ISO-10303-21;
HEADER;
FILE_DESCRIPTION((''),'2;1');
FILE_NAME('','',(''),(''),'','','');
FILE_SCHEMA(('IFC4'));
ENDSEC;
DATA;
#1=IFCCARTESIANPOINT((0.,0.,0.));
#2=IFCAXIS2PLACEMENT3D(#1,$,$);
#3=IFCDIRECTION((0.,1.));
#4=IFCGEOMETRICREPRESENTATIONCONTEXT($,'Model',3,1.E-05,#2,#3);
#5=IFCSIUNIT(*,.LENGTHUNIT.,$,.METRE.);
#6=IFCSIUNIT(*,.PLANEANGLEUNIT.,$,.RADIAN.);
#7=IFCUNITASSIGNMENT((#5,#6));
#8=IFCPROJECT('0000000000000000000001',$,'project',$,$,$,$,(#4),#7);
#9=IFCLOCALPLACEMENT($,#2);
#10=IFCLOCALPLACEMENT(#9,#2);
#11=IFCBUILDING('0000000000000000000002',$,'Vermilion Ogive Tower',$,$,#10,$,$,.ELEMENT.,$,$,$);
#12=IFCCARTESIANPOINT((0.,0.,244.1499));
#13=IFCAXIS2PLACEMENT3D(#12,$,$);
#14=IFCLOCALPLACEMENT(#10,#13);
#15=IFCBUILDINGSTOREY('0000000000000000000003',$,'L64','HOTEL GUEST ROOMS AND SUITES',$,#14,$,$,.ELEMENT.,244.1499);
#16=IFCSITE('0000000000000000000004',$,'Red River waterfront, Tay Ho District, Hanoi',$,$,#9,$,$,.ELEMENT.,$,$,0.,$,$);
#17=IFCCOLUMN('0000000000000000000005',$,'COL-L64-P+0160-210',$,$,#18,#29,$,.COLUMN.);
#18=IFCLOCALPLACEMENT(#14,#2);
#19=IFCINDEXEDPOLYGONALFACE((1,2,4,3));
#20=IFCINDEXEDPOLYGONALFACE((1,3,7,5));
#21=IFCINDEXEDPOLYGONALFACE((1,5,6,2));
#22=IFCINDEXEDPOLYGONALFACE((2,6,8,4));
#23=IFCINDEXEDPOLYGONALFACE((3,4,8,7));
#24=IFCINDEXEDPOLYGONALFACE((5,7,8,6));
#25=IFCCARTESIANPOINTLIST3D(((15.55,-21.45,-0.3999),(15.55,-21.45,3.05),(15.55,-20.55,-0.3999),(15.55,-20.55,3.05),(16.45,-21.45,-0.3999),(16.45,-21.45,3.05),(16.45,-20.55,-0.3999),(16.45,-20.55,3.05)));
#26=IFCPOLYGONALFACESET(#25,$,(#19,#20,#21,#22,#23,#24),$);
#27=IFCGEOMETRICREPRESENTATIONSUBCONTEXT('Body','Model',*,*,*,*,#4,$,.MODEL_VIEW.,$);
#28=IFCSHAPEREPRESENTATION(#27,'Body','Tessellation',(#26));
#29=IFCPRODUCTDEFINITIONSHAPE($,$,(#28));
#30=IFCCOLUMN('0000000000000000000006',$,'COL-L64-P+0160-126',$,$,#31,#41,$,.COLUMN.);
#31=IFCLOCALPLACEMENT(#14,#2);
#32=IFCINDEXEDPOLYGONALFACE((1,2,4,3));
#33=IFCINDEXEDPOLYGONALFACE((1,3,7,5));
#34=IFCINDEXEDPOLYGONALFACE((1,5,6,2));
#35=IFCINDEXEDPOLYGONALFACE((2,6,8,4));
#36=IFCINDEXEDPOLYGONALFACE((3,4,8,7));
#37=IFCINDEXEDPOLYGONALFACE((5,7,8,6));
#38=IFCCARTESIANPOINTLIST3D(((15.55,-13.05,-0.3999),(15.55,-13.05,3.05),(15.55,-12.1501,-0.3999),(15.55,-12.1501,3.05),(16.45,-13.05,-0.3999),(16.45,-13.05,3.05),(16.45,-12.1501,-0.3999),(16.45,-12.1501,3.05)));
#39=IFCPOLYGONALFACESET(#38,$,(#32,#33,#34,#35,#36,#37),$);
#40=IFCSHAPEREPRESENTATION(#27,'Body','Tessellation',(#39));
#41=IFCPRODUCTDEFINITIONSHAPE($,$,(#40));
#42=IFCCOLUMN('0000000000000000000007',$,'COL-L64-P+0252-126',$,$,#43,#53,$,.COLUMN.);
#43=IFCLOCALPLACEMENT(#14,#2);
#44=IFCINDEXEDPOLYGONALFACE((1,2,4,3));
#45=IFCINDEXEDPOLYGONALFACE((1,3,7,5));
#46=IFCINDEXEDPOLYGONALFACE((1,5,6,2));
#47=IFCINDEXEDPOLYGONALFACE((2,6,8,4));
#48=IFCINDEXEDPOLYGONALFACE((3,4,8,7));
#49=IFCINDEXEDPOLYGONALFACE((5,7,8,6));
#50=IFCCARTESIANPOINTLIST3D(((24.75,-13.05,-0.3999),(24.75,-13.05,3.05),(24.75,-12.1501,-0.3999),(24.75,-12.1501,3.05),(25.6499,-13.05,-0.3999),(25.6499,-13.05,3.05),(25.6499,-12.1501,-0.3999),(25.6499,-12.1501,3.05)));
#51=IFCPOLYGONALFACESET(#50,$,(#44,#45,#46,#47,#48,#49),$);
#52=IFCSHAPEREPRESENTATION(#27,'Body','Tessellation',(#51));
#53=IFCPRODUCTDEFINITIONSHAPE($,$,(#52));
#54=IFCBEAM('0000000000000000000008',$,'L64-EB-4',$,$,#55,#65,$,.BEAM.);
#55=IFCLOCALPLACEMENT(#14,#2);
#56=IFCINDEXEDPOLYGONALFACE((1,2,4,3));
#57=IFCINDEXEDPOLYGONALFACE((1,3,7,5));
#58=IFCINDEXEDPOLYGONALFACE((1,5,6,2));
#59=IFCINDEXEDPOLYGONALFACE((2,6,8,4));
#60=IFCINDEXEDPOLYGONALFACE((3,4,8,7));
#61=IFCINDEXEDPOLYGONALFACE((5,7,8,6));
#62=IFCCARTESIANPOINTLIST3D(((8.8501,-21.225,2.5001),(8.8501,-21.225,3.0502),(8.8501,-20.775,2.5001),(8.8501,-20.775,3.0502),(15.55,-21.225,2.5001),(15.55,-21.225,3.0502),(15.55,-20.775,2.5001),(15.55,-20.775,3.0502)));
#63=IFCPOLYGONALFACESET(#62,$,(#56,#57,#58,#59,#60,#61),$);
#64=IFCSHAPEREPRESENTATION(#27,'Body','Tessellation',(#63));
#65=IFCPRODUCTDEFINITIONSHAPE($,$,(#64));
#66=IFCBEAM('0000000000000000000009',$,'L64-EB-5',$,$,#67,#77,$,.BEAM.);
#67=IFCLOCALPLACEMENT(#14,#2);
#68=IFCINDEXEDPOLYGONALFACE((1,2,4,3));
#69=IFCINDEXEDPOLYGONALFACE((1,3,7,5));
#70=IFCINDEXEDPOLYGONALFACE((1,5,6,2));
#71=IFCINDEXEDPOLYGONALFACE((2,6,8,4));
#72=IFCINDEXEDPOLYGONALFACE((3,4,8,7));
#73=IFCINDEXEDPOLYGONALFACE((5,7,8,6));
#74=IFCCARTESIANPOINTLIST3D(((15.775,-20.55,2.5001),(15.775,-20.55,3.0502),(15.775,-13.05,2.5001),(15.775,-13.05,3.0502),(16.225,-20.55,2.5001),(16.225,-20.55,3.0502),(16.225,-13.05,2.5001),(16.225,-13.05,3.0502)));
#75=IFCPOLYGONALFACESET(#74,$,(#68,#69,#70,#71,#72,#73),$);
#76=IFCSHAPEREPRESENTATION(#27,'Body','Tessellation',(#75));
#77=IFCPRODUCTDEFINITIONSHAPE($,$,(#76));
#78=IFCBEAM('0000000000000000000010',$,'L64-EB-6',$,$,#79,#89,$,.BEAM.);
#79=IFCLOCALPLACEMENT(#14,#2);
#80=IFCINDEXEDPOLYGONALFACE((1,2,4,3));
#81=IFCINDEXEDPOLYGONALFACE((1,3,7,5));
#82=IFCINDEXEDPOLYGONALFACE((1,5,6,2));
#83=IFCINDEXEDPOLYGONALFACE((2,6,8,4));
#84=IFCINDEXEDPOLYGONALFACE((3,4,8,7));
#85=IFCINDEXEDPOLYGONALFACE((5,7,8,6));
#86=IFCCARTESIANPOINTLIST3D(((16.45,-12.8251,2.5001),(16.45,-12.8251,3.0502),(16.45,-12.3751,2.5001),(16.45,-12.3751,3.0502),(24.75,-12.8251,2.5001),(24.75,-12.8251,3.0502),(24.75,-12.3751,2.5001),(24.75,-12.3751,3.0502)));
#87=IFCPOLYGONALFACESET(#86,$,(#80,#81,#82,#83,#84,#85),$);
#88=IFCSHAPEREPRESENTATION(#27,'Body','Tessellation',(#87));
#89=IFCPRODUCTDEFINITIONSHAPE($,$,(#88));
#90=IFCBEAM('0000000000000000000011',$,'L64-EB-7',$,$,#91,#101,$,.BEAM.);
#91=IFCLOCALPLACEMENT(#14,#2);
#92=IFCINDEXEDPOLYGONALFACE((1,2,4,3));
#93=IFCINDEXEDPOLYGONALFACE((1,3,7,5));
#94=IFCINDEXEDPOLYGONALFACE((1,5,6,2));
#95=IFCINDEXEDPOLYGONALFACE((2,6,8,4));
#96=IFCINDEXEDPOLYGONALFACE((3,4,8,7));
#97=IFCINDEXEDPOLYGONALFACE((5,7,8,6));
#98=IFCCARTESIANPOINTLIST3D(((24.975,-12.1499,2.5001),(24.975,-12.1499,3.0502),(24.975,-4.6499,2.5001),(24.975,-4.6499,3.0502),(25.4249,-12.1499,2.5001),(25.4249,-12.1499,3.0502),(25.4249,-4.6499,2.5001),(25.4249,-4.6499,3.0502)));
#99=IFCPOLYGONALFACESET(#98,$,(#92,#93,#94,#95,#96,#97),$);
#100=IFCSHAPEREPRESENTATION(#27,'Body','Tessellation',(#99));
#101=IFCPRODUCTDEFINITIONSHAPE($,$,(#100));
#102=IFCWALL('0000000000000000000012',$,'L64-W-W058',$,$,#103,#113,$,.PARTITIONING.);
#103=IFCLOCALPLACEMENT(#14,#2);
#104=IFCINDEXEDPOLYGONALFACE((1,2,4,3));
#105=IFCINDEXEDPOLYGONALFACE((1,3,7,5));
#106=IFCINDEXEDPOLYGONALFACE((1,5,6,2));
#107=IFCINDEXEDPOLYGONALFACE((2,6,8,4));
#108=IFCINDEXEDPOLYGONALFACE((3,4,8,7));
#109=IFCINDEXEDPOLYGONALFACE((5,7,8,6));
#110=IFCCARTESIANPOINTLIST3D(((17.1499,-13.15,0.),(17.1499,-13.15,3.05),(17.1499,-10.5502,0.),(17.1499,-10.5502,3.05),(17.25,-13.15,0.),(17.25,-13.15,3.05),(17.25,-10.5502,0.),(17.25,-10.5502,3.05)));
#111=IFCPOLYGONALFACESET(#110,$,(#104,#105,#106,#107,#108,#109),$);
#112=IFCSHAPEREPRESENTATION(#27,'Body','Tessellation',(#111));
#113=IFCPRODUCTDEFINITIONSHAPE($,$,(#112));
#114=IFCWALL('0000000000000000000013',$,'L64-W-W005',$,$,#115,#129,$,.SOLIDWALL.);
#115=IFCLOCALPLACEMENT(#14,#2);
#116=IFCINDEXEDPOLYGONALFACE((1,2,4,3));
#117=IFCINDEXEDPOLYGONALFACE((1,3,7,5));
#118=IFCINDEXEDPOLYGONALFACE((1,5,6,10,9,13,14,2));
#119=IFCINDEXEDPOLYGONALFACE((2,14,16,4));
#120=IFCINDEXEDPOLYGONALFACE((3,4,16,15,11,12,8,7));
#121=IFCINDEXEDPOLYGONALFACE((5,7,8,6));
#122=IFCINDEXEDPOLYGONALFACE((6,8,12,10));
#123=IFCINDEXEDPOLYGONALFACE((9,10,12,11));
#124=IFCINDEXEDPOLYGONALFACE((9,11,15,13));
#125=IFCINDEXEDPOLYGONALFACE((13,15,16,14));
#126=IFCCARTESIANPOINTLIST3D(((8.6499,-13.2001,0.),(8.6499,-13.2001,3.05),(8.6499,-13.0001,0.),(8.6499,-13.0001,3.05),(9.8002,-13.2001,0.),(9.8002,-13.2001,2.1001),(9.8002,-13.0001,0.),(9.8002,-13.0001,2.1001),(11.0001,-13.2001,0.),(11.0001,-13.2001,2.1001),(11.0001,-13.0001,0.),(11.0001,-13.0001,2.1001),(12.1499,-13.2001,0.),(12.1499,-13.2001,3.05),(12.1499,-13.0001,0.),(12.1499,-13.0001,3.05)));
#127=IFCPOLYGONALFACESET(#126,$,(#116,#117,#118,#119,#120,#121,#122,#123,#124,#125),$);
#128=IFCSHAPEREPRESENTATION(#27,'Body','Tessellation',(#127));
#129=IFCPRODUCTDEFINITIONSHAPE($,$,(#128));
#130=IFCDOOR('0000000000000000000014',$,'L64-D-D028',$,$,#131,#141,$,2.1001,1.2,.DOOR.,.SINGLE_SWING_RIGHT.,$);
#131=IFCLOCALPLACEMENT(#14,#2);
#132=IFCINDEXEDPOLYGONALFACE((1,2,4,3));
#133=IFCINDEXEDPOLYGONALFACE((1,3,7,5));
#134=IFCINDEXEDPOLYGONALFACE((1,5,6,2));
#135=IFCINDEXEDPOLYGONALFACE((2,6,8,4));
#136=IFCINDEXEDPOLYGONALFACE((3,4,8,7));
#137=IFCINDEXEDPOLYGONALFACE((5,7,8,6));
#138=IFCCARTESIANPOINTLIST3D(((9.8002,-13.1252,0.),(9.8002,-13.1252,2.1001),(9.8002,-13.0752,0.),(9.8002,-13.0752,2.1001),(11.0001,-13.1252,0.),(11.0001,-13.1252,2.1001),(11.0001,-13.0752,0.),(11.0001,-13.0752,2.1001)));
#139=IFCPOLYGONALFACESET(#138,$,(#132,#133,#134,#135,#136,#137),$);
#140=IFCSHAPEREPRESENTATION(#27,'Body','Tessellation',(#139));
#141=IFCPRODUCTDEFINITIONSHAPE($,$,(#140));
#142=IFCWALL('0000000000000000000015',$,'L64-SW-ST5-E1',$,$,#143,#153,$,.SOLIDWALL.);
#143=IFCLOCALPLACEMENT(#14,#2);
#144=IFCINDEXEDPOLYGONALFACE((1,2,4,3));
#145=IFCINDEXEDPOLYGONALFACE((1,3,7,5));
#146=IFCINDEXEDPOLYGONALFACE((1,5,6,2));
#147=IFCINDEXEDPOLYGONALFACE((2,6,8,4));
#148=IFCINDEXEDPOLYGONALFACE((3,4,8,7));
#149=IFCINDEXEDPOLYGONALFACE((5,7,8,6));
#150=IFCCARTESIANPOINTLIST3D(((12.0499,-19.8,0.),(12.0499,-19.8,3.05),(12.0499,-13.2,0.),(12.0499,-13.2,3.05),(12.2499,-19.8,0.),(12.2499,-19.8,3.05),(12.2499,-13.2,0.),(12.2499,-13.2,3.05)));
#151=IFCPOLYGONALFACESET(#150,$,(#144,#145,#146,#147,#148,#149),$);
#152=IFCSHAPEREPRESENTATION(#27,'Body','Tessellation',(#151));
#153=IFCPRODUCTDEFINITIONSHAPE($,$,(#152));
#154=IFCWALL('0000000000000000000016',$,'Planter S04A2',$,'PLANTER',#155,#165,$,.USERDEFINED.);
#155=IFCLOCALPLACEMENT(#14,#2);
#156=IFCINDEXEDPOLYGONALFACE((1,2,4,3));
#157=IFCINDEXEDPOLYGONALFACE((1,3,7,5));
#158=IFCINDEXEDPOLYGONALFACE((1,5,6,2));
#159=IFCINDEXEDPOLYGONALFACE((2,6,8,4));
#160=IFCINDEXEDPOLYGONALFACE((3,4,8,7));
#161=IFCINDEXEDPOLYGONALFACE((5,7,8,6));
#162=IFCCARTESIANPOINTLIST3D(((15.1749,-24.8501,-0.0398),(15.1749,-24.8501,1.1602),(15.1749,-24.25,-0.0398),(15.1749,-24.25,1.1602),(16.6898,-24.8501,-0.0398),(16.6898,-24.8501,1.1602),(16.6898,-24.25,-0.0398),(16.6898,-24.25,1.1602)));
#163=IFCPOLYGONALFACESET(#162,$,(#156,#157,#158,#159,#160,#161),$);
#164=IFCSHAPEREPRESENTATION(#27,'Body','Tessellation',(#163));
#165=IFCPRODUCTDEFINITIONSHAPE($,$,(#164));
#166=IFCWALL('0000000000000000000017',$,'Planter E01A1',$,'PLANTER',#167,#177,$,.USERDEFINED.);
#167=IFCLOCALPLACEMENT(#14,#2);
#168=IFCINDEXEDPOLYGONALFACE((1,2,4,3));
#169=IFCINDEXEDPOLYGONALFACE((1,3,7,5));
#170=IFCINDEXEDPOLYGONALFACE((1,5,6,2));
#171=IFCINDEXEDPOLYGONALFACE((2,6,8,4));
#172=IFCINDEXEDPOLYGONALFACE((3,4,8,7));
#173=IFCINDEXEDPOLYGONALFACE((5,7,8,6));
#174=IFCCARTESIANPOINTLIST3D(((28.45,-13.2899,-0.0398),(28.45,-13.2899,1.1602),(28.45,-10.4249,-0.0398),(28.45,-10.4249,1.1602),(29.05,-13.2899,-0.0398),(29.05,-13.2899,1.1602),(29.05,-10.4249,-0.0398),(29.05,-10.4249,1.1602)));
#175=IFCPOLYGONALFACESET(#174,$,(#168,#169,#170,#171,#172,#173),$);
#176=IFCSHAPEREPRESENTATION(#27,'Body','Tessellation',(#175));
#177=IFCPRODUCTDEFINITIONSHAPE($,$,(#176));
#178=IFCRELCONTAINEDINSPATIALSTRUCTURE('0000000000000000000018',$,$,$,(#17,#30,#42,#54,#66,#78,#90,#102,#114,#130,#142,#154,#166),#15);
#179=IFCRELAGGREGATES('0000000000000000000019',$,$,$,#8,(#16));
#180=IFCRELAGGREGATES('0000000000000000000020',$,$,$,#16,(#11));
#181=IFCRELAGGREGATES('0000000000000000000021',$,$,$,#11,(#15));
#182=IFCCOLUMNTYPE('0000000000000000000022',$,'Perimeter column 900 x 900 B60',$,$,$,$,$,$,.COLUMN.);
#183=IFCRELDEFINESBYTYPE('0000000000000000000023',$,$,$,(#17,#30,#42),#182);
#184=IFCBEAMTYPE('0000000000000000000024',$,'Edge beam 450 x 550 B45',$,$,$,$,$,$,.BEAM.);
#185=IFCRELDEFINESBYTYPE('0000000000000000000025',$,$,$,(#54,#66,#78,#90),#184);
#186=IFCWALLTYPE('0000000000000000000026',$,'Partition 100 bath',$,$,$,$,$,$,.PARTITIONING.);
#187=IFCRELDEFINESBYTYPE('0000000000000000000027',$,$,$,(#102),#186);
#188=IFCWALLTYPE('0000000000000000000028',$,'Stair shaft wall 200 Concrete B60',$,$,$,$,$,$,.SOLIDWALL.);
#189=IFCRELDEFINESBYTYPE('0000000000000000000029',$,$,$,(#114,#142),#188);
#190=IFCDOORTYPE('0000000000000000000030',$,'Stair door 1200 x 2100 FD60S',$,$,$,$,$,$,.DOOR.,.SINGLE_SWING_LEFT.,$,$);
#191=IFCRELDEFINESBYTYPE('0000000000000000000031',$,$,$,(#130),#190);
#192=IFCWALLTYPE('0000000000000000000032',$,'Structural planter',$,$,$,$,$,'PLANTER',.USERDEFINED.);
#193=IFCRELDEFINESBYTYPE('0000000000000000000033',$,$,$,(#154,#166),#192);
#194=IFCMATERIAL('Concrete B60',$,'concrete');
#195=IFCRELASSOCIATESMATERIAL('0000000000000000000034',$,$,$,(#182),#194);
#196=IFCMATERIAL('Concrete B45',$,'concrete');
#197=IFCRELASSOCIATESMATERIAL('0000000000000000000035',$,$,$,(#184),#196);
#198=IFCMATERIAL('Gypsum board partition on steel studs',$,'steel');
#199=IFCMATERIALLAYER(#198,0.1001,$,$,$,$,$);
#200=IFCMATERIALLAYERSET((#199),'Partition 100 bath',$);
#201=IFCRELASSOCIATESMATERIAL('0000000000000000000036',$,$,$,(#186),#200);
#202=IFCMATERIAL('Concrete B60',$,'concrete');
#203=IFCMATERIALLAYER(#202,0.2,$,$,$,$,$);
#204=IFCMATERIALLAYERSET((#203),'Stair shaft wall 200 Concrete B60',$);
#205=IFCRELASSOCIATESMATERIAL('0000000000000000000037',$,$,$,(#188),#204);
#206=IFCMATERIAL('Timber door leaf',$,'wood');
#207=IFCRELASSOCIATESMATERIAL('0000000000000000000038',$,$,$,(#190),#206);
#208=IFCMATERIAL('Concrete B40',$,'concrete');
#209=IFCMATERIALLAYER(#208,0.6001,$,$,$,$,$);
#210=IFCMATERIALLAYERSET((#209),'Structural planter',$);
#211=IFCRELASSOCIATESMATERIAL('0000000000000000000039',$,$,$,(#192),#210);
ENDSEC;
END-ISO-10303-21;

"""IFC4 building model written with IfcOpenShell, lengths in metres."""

from ifc_helpers import new_model, si_unit, direction, frame, frame_2d, origin, origin_2d, place, context, subcontext, project, spatial, rectangle, extrude, material, layer, layer_set, material_profile, profile_set, type_object, element, fill, save


model = new_model("IFC4")

# Units and contexts
model_context = context("Model", 3, precision=1e-05, world=origin(), true_north=direction((0.0, 1.0)))
body_context = subcontext(model_context, "Body", "Model", "MODEL_VIEW")
ifc_project = project(units=[si_unit("LENGTHUNIT", "METRE"), si_unit("PLANEANGLEUNIT", "RADIAN")], contexts=[model_context])

# Site, building, storey
site_placement = place(None, origin())
site = spatial("IfcSite", under=ifc_project, at=site_placement, Name="Red River waterfront, Tay Ho District, Hanoi", CompositionType="ELEMENT", RefElevation=0.0)
building_placement = place(site_placement, origin())
building = spatial("IfcBuilding", under=site, at=building_placement, Name="Vermilion Ogive Tower", CompositionType="ELEMENT")
storey_placement = place(building_placement, frame((0.0, 0.0, 244.1499)))
storey = spatial("IfcBuildingStorey", under=building, at=storey_placement, Name="L64", Description="HOTEL GUEST ROOMS AND SUITES", CompositionType="ELEMENT", Elevation=244.1499)

# Columns
ifc_material_1 = material(Name="Concrete B60", Category="concrete")
ifc_material_profile_1 = material_profile(ifc_material_1, rectangle(XDim=0.8999, YDim=0.8999, at=origin_2d()), Name="900 x 900")
ifc_profile_set_1 = profile_set([ifc_material_profile_1], Name="Concrete B60")
column_type = type_object("IfcColumnType", Name="Perimeter column 900 x 900 B60", PredefinedType="COLUMN", material=ifc_profile_set_1)
for number, where, z_axis, x_axis, name in (
    (1, (16.0, -21.0, -0.3999), (0.0, 0.0, 1.0), (1.0, 0.0, 0.0), "COL-L64-P+0160-210"),
    (2, (16.0, -12.6001, -0.3999), (0.0, 0.0, 1.0), (1.0, 0.0, 0.0), "COL-L64-P+0160-126"),
    (3, (25.2, -12.6001, -0.3999), (0.0, 0.0, 1.0), (1.0, 0.0, 0.0), "COL-L64-P+0252-126"),
):
    element("IfcColumn", number, at=place(storey_placement, frame(where, z_axis=z_axis, x_axis=x_axis)), inside=storey, type_object=column_type, Name=name, PredefinedType="COLUMN", context=body_context, shape_type="SweptSolid", body=[
        extrude(rectangle(XDim=0.8999, YDim=0.8999, at=origin_2d()), origin(), (0.0, 0.0, 1.0), 3.45),
    ])

# Beams
ifc_material_2 = material(Name="Concrete B45", Category="concrete")
ifc_material_profile_2 = material_profile(ifc_material_2, rectangle(XDim=0.45, YDim=0.55, at=origin_2d()), Name="450 x 550")
ifc_profile_set_2 = profile_set([ifc_material_profile_2], Name="Concrete B45")
beam_type = type_object("IfcBeamType", Name="Edge beam 450 x 550 B45", PredefinedType="BEAM", material=ifc_profile_set_2)
beam_1_placement = place(storey_placement, frame((8.8501, -21.0, 2.7751), z_axis=(1.0, 0.0, 0.0), x_axis=(0.0, 1.0, 0.0)))
element("IfcBeam", 4, at=beam_1_placement, inside=storey, type_object=beam_type, Name="L64-EB-4", PredefinedType="BEAM", context=body_context, shape_type="SweptSolid", body=[
    extrude(rectangle(XDim=0.45, YDim=0.55, at=origin_2d()), origin(), (0.0, 0.0, 1.0), 6.7),
])
beam_2_placement = place(storey_placement, frame((16.0, -20.55, 2.7751), z_axis=(0.0, 1.0, 0.0), x_axis=(-1.0, 0.0, 0.0)))
element("IfcBeam", 5, at=beam_2_placement, inside=storey, type_object=beam_type, Name="L64-EB-5", PredefinedType="BEAM", context=body_context, shape_type="SweptSolid", body=[
    extrude(rectangle(XDim=0.45, YDim=0.55, at=origin_2d()), origin(), (0.0, 0.0, 1.0), 7.5),
])
beam_3_placement = place(storey_placement, frame((16.45, -12.6001, 2.7751), z_axis=(1.0, 0.0, 0.0), x_axis=(0.0, 1.0, 0.0)))
element("IfcBeam", 6, at=beam_3_placement, inside=storey, type_object=beam_type, Name="L64-EB-6", PredefinedType="BEAM", context=body_context, shape_type="SweptSolid", body=[
    extrude(rectangle(XDim=0.45, YDim=0.55, at=origin_2d()), origin(), (0.0, 0.0, 1.0), 8.3),
])
beam_4_placement = place(storey_placement, frame((25.2, -12.1499, 2.7751), z_axis=(0.0, 1.0, 0.0), x_axis=(-1.0, 0.0, 0.0)))
element("IfcBeam", 7, at=beam_4_placement, inside=storey, type_object=beam_type, Name="L64-EB-7", PredefinedType="BEAM", context=body_context, shape_type="SweptSolid", body=[
    extrude(rectangle(XDim=0.45, YDim=0.55, at=origin_2d()), origin(), (0.0, 0.0, 1.0), 7.5),
])

# Wall
ifc_material_3 = material(Name="Gypsum board partition on steel studs", Category="steel")
ifc_layer_1 = layer(ifc_material_3, 0.1001)
ifc_layer_set_1 = layer_set([ifc_layer_1], Name="Partition 100 bath")
wall_type_1 = type_object("IfcWallType", Name="Partition 100 bath", PredefinedType="PARTITIONING", material=ifc_layer_set_1)
wall_1_placement = place(storey_placement, frame((17.2, -13.1499, 0.0), z_axis=(0.0, 0.0, 1.0), x_axis=(0.0, 1.0, 0.0)))
element("IfcWall", 8, at=wall_1_placement, inside=storey, type_object=wall_type_1, Name="L64-W-W058", PredefinedType="PARTITIONING", context=body_context, shape_type="SweptSolid", body=[
    extrude(rectangle(XDim=2.5999, YDim=0.1001, at=frame_2d((1.2998, 0.0))), origin(), (0.0, 0.0, 1.0), 3.05),
])

# Wall, opening, door
ifc_material_4 = material(Name="Concrete B60", Category="concrete")
ifc_layer_2 = layer(ifc_material_4, 0.2)
ifc_layer_set_2 = layer_set([ifc_layer_2], Name="Stair shaft wall 200 Concrete B60")
wall_type_2 = type_object("IfcWallType", Name="Stair shaft wall 200 Concrete B60", PredefinedType="SOLIDWALL", material=ifc_layer_set_2)
wall_2_placement = place(storey_placement, frame((8.6499, -13.1001, 0.0), z_axis=(0.0, 0.0, 1.0), x_axis=(1.0, 0.0, 0.0)))
wall_2 = element("IfcWall", 9, at=wall_2_placement, inside=storey, type_object=wall_type_2, Name="L64-W-W005", PredefinedType="SOLIDWALL", context=body_context, shape_type="SweptSolid", body=[
    extrude(rectangle(XDim=3.5, YDim=0.2, at=frame_2d((1.75, 0.0))), origin(), (0.0, 0.0, 1.0), 3.05),
])
opening_1_placement = place(wall_2_placement, frame((1.1501, 0.0, 0.0)))
opening_1 = element("IfcOpeningElement", 10, at=opening_1_placement, cuts=wall_2, PredefinedType="OPENING", context=body_context, shape_type="SweptSolid", body=[
    extrude(rectangle(XDim=1.2, YDim=2.1001, at=frame_2d((0.6001, 1.05))), frame((0.0, 0.1099, 0.0), z_axis=(0.0, -1.0, 0.0), x_axis=(1.0, 0.0, 0.0)), (0.0, 0.0, 1.0), 0.22),
])
ifc_material_5 = material(Name="Timber door leaf", Category="wood")
door_type_1 = type_object("IfcDoorType", Name="Stair door 1200 x 2100 FD60S", OperationType="SINGLE_SWING_LEFT", PredefinedType="DOOR", material=ifc_material_5)
door_1_placement = place(opening_1_placement, origin())
door_1 = element("IfcDoor", 11, at=door_1_placement, inside=storey, type_object=door_type_1, Name="L64-D-D028", OperationType="SINGLE_SWING_RIGHT", OverallHeight=2.1001, OverallWidth=1.2, PredefinedType="DOOR", context=body_context, shape_type="SweptSolid", body=[
    extrude(rectangle(XDim=1.2, YDim=2.1001, at=frame_2d((0.6001, 1.05))), frame((0.0, 0.0249, 0.0), z_axis=(0.0, -1.0, 0.0), x_axis=(1.0, 0.0, 0.0)), (0.0, 0.0, 1.0), 0.05),
])
fill(opening_1, door_1)

# Walls
wall_3_placement = place(storey_placement, frame((12.1499, -19.8, 0.0), z_axis=(0.0, 0.0, 1.0), x_axis=(0.0, 1.0, 0.0)))
element("IfcWall", 12, at=wall_3_placement, inside=storey, type_object=wall_type_2, Name="L64-SW-ST5-E1", PredefinedType="SOLIDWALL", context=body_context, shape_type="SweptSolid", body=[
    extrude(rectangle(XDim=6.6001, YDim=0.2, at=frame_2d((3.3, 0.0))), origin(), (0.0, 0.0, 1.0), 3.05),
])
ifc_material_6 = material(Name="Concrete B40", Category="concrete")
ifc_layer_3 = layer(ifc_material_6, 0.6001)
ifc_layer_set_3 = layer_set([ifc_layer_3], Name="Structural planter")
wall_type_3 = type_object("IfcWallType", Name="Structural planter", ElementType="PLANTER", PredefinedType="USERDEFINED", material=ifc_layer_set_3)
wall_4_placement = place(storey_placement, frame((15.175, -24.55, -0.0398), z_axis=(0.0, 0.0, 1.0), x_axis=(1.0, 0.0, 0.0)))
element("IfcWall", 13, at=wall_4_placement, inside=storey, type_object=wall_type_3, Name="Planter S04A2", ObjectType="PLANTER", PredefinedType="USERDEFINED", context=body_context, shape_type="SweptSolid", body=[
    extrude(rectangle(XDim=1.5149, YDim=0.6001, at=frame_2d((0.7573, 0.0))), origin(), (0.0, 0.0, 1.0), 1.2),
])
wall_5_placement = place(storey_placement, frame((28.75, -13.29, -0.0398), z_axis=(0.0, 0.0, 1.0), x_axis=(0.0, 1.0, 0.0)))
element("IfcWall", 14, at=wall_5_placement, inside=storey, type_object=wall_type_3, Name="Planter E01A1", ObjectType="PLANTER", PredefinedType="USERDEFINED", context=body_context, shape_type="SweptSolid", body=[
    extrude(rectangle(XDim=2.865, YDim=0.6001, at=frame_2d((1.4326, 0.0))), origin(), (0.0, 0.0, 1.0), 1.2),
])

save(model, "model.ifc")
